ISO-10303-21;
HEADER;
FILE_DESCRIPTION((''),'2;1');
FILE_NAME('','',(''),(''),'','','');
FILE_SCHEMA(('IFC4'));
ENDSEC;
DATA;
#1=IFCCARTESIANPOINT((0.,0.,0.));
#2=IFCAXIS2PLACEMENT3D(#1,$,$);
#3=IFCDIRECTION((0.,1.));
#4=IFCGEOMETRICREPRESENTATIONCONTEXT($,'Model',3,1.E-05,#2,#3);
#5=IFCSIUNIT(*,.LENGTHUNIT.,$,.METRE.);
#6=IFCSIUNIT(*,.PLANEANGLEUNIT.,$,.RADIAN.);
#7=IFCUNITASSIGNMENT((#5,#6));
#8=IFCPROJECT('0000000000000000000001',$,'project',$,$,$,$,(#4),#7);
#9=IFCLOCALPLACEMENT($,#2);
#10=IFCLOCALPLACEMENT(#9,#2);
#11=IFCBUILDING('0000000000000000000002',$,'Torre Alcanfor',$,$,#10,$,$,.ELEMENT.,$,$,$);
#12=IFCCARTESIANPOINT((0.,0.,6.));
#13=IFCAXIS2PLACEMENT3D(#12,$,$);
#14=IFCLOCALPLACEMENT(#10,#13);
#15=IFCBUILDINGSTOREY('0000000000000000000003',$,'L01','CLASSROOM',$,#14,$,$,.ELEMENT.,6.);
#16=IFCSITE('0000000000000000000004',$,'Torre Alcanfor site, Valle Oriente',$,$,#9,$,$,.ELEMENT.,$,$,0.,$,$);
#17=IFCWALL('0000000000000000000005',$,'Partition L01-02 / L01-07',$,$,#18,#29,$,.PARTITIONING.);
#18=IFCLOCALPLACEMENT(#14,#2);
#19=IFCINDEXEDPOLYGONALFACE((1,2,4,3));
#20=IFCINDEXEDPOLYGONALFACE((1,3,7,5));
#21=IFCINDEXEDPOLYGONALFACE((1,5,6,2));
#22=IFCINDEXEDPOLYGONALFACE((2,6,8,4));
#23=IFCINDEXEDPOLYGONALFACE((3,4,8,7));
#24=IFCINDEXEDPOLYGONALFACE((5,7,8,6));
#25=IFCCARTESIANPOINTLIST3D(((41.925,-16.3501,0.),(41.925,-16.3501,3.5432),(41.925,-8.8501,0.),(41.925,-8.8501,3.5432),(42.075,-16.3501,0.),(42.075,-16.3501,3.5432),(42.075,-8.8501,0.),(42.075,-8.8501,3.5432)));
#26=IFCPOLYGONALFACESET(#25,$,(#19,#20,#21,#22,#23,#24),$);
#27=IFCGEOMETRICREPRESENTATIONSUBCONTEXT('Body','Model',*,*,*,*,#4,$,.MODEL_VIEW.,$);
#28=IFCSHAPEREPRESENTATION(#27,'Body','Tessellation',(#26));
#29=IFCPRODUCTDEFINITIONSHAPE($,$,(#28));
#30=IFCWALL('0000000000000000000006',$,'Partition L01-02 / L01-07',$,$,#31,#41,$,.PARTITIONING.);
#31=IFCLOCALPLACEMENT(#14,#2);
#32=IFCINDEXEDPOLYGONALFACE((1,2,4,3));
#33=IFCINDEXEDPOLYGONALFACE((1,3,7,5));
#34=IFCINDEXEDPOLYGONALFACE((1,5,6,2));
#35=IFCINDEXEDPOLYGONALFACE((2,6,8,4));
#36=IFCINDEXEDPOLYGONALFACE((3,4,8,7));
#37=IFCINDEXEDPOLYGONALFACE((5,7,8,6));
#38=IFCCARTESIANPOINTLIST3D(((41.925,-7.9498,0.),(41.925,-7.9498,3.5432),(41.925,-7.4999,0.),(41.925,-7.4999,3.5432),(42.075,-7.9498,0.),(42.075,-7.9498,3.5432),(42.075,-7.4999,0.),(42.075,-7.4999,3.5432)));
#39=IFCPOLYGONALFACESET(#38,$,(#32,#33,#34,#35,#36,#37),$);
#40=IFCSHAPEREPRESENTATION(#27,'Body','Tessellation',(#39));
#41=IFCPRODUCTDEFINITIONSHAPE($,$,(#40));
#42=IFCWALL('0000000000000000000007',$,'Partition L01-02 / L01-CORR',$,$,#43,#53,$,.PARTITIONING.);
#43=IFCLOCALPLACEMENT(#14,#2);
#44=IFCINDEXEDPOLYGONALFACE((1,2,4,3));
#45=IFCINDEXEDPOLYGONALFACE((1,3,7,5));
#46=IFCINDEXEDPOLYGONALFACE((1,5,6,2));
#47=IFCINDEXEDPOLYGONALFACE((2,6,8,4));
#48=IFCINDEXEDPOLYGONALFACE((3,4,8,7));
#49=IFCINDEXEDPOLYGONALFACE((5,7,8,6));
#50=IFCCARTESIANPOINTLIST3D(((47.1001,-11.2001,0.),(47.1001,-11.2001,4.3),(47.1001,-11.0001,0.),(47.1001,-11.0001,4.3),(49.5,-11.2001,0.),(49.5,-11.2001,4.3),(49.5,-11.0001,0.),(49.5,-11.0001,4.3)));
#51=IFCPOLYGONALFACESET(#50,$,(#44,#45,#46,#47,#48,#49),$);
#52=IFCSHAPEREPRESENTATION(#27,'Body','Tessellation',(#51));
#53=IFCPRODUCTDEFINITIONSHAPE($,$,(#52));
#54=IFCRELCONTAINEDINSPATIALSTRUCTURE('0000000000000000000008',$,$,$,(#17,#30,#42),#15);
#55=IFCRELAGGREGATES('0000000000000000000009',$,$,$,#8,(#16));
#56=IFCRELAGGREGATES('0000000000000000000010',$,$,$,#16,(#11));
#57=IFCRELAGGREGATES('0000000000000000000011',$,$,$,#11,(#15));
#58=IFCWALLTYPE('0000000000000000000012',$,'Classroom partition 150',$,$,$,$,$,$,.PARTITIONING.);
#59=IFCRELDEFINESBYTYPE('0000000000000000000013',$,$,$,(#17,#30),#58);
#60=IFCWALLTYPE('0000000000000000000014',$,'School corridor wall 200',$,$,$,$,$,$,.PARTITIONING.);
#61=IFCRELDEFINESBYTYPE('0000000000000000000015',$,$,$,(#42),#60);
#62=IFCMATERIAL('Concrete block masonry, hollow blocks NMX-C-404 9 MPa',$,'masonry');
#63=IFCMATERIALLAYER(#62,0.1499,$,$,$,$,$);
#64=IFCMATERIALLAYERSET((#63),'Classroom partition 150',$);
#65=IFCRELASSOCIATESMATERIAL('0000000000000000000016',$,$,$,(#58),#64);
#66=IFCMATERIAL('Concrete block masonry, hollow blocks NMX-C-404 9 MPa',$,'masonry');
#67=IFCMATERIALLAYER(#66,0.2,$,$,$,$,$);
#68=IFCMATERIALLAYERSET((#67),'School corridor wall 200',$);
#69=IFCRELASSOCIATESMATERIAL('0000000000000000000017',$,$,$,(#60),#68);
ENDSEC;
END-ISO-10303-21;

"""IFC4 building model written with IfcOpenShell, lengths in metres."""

from ifc_helpers import new_model, si_unit, direction, frame, frame_2d, origin, place, context, subcontext, project, spatial, rectangle, extrude, material, layer, layer_set, type_object, element, save


model = new_model("IFC4")

# Units and contexts
model_context = context("Model", 3, precision=1e-05, world=origin(), true_north=direction((0.0, 1.0)))
body_context = subcontext(model_context, "Body", "Model", "MODEL_VIEW")
ifc_project = project(units=[si_unit("LENGTHUNIT", "METRE"), si_unit("PLANEANGLEUNIT", "RADIAN")], contexts=[model_context])

# Site, building, storey
site_placement = place(None, origin())
site = spatial("IfcSite", under=ifc_project, at=site_placement, Name="Torre Alcanfor site, Valle Oriente", CompositionType="ELEMENT", RefElevation=0.0)
building_placement = place(site_placement, origin())
building = spatial("IfcBuilding", under=site, at=building_placement, Name="Torre Alcanfor", CompositionType="ELEMENT")
storey_placement = place(building_placement, frame((0.0, 0.0, 6.0)))
storey = spatial("IfcBuildingStorey", under=building, at=storey_placement, Name="L01", Description="CLASSROOM", CompositionType="ELEMENT", Elevation=6.0)

# Walls
ifc_material_1 = material(Name="Concrete block masonry, hollow blocks NMX-C-404 9 MPa", Category="masonry")
ifc_layer_1 = layer(ifc_material_1, 0.1499)
ifc_layer_set_1 = layer_set([ifc_layer_1], Name="Classroom partition 150")
wall_type_1 = type_object("IfcWallType", Name="Classroom partition 150", PredefinedType="PARTITIONING", material=ifc_layer_set_1)
wall_1_placement = place(storey_placement, frame((42.0, -16.3501, 0.0), z_axis=(0.0, 0.0, 1.0), x_axis=(0.0, 1.0, 0.0)))
element("IfcWall", 1, at=wall_1_placement, inside=storey, type_object=wall_type_1, Name="Partition L01-02 / L01-07", PredefinedType="PARTITIONING", context=body_context, shape_type="SweptSolid", body=[
    extrude(rectangle(XDim=7.5, YDim=0.1499, at=frame_2d((3.75, 0.0))), origin(), (0.0, 0.0, 1.0), 3.5432),
])
wall_2_placement = place(storey_placement, frame((42.0, -7.95, 0.0), z_axis=(0.0, 0.0, 1.0), x_axis=(0.0, 1.0, 0.0)))
element("IfcWall", 2, at=wall_2_placement, inside=storey, type_object=wall_type_1, Name="Partition L01-02 / L01-07", PredefinedType="PARTITIONING", context=body_context, shape_type="SweptSolid", body=[
    extrude(rectangle(XDim=0.45, YDim=0.1499, at=frame_2d((0.2251, 0.0))), origin(), (0.0, 0.0, 1.0), 3.5432),
])
ifc_material_2 = material(Name="Concrete block masonry, hollow blocks NMX-C-404 9 MPa", Category="masonry")
ifc_layer_2 = layer(ifc_material_2, 0.2)
ifc_layer_set_2 = layer_set([ifc_layer_2], Name="School corridor wall 200")
wall_type_2 = type_object("IfcWallType", Name="School corridor wall 200", PredefinedType="PARTITIONING", material=ifc_layer_set_2)
wall_3_placement = place(storey_placement, frame((47.1001, -11.1001, 0.0), z_axis=(0.0, 0.0, 1.0), x_axis=(1.0, 0.0, 0.0)))
element("IfcWall", 3, at=wall_3_placement, inside=storey, type_object=wall_type_2, Name="Partition L01-02 / L01-CORR", PredefinedType="PARTITIONING", context=body_context, shape_type="SweptSolid", body=[
    extrude(rectangle(XDim=2.3999, YDim=0.2, at=frame_2d((1.2, 0.0))), origin(), (0.0, 0.0, 1.0), 4.3),
])

save(model, "model.ifc")
